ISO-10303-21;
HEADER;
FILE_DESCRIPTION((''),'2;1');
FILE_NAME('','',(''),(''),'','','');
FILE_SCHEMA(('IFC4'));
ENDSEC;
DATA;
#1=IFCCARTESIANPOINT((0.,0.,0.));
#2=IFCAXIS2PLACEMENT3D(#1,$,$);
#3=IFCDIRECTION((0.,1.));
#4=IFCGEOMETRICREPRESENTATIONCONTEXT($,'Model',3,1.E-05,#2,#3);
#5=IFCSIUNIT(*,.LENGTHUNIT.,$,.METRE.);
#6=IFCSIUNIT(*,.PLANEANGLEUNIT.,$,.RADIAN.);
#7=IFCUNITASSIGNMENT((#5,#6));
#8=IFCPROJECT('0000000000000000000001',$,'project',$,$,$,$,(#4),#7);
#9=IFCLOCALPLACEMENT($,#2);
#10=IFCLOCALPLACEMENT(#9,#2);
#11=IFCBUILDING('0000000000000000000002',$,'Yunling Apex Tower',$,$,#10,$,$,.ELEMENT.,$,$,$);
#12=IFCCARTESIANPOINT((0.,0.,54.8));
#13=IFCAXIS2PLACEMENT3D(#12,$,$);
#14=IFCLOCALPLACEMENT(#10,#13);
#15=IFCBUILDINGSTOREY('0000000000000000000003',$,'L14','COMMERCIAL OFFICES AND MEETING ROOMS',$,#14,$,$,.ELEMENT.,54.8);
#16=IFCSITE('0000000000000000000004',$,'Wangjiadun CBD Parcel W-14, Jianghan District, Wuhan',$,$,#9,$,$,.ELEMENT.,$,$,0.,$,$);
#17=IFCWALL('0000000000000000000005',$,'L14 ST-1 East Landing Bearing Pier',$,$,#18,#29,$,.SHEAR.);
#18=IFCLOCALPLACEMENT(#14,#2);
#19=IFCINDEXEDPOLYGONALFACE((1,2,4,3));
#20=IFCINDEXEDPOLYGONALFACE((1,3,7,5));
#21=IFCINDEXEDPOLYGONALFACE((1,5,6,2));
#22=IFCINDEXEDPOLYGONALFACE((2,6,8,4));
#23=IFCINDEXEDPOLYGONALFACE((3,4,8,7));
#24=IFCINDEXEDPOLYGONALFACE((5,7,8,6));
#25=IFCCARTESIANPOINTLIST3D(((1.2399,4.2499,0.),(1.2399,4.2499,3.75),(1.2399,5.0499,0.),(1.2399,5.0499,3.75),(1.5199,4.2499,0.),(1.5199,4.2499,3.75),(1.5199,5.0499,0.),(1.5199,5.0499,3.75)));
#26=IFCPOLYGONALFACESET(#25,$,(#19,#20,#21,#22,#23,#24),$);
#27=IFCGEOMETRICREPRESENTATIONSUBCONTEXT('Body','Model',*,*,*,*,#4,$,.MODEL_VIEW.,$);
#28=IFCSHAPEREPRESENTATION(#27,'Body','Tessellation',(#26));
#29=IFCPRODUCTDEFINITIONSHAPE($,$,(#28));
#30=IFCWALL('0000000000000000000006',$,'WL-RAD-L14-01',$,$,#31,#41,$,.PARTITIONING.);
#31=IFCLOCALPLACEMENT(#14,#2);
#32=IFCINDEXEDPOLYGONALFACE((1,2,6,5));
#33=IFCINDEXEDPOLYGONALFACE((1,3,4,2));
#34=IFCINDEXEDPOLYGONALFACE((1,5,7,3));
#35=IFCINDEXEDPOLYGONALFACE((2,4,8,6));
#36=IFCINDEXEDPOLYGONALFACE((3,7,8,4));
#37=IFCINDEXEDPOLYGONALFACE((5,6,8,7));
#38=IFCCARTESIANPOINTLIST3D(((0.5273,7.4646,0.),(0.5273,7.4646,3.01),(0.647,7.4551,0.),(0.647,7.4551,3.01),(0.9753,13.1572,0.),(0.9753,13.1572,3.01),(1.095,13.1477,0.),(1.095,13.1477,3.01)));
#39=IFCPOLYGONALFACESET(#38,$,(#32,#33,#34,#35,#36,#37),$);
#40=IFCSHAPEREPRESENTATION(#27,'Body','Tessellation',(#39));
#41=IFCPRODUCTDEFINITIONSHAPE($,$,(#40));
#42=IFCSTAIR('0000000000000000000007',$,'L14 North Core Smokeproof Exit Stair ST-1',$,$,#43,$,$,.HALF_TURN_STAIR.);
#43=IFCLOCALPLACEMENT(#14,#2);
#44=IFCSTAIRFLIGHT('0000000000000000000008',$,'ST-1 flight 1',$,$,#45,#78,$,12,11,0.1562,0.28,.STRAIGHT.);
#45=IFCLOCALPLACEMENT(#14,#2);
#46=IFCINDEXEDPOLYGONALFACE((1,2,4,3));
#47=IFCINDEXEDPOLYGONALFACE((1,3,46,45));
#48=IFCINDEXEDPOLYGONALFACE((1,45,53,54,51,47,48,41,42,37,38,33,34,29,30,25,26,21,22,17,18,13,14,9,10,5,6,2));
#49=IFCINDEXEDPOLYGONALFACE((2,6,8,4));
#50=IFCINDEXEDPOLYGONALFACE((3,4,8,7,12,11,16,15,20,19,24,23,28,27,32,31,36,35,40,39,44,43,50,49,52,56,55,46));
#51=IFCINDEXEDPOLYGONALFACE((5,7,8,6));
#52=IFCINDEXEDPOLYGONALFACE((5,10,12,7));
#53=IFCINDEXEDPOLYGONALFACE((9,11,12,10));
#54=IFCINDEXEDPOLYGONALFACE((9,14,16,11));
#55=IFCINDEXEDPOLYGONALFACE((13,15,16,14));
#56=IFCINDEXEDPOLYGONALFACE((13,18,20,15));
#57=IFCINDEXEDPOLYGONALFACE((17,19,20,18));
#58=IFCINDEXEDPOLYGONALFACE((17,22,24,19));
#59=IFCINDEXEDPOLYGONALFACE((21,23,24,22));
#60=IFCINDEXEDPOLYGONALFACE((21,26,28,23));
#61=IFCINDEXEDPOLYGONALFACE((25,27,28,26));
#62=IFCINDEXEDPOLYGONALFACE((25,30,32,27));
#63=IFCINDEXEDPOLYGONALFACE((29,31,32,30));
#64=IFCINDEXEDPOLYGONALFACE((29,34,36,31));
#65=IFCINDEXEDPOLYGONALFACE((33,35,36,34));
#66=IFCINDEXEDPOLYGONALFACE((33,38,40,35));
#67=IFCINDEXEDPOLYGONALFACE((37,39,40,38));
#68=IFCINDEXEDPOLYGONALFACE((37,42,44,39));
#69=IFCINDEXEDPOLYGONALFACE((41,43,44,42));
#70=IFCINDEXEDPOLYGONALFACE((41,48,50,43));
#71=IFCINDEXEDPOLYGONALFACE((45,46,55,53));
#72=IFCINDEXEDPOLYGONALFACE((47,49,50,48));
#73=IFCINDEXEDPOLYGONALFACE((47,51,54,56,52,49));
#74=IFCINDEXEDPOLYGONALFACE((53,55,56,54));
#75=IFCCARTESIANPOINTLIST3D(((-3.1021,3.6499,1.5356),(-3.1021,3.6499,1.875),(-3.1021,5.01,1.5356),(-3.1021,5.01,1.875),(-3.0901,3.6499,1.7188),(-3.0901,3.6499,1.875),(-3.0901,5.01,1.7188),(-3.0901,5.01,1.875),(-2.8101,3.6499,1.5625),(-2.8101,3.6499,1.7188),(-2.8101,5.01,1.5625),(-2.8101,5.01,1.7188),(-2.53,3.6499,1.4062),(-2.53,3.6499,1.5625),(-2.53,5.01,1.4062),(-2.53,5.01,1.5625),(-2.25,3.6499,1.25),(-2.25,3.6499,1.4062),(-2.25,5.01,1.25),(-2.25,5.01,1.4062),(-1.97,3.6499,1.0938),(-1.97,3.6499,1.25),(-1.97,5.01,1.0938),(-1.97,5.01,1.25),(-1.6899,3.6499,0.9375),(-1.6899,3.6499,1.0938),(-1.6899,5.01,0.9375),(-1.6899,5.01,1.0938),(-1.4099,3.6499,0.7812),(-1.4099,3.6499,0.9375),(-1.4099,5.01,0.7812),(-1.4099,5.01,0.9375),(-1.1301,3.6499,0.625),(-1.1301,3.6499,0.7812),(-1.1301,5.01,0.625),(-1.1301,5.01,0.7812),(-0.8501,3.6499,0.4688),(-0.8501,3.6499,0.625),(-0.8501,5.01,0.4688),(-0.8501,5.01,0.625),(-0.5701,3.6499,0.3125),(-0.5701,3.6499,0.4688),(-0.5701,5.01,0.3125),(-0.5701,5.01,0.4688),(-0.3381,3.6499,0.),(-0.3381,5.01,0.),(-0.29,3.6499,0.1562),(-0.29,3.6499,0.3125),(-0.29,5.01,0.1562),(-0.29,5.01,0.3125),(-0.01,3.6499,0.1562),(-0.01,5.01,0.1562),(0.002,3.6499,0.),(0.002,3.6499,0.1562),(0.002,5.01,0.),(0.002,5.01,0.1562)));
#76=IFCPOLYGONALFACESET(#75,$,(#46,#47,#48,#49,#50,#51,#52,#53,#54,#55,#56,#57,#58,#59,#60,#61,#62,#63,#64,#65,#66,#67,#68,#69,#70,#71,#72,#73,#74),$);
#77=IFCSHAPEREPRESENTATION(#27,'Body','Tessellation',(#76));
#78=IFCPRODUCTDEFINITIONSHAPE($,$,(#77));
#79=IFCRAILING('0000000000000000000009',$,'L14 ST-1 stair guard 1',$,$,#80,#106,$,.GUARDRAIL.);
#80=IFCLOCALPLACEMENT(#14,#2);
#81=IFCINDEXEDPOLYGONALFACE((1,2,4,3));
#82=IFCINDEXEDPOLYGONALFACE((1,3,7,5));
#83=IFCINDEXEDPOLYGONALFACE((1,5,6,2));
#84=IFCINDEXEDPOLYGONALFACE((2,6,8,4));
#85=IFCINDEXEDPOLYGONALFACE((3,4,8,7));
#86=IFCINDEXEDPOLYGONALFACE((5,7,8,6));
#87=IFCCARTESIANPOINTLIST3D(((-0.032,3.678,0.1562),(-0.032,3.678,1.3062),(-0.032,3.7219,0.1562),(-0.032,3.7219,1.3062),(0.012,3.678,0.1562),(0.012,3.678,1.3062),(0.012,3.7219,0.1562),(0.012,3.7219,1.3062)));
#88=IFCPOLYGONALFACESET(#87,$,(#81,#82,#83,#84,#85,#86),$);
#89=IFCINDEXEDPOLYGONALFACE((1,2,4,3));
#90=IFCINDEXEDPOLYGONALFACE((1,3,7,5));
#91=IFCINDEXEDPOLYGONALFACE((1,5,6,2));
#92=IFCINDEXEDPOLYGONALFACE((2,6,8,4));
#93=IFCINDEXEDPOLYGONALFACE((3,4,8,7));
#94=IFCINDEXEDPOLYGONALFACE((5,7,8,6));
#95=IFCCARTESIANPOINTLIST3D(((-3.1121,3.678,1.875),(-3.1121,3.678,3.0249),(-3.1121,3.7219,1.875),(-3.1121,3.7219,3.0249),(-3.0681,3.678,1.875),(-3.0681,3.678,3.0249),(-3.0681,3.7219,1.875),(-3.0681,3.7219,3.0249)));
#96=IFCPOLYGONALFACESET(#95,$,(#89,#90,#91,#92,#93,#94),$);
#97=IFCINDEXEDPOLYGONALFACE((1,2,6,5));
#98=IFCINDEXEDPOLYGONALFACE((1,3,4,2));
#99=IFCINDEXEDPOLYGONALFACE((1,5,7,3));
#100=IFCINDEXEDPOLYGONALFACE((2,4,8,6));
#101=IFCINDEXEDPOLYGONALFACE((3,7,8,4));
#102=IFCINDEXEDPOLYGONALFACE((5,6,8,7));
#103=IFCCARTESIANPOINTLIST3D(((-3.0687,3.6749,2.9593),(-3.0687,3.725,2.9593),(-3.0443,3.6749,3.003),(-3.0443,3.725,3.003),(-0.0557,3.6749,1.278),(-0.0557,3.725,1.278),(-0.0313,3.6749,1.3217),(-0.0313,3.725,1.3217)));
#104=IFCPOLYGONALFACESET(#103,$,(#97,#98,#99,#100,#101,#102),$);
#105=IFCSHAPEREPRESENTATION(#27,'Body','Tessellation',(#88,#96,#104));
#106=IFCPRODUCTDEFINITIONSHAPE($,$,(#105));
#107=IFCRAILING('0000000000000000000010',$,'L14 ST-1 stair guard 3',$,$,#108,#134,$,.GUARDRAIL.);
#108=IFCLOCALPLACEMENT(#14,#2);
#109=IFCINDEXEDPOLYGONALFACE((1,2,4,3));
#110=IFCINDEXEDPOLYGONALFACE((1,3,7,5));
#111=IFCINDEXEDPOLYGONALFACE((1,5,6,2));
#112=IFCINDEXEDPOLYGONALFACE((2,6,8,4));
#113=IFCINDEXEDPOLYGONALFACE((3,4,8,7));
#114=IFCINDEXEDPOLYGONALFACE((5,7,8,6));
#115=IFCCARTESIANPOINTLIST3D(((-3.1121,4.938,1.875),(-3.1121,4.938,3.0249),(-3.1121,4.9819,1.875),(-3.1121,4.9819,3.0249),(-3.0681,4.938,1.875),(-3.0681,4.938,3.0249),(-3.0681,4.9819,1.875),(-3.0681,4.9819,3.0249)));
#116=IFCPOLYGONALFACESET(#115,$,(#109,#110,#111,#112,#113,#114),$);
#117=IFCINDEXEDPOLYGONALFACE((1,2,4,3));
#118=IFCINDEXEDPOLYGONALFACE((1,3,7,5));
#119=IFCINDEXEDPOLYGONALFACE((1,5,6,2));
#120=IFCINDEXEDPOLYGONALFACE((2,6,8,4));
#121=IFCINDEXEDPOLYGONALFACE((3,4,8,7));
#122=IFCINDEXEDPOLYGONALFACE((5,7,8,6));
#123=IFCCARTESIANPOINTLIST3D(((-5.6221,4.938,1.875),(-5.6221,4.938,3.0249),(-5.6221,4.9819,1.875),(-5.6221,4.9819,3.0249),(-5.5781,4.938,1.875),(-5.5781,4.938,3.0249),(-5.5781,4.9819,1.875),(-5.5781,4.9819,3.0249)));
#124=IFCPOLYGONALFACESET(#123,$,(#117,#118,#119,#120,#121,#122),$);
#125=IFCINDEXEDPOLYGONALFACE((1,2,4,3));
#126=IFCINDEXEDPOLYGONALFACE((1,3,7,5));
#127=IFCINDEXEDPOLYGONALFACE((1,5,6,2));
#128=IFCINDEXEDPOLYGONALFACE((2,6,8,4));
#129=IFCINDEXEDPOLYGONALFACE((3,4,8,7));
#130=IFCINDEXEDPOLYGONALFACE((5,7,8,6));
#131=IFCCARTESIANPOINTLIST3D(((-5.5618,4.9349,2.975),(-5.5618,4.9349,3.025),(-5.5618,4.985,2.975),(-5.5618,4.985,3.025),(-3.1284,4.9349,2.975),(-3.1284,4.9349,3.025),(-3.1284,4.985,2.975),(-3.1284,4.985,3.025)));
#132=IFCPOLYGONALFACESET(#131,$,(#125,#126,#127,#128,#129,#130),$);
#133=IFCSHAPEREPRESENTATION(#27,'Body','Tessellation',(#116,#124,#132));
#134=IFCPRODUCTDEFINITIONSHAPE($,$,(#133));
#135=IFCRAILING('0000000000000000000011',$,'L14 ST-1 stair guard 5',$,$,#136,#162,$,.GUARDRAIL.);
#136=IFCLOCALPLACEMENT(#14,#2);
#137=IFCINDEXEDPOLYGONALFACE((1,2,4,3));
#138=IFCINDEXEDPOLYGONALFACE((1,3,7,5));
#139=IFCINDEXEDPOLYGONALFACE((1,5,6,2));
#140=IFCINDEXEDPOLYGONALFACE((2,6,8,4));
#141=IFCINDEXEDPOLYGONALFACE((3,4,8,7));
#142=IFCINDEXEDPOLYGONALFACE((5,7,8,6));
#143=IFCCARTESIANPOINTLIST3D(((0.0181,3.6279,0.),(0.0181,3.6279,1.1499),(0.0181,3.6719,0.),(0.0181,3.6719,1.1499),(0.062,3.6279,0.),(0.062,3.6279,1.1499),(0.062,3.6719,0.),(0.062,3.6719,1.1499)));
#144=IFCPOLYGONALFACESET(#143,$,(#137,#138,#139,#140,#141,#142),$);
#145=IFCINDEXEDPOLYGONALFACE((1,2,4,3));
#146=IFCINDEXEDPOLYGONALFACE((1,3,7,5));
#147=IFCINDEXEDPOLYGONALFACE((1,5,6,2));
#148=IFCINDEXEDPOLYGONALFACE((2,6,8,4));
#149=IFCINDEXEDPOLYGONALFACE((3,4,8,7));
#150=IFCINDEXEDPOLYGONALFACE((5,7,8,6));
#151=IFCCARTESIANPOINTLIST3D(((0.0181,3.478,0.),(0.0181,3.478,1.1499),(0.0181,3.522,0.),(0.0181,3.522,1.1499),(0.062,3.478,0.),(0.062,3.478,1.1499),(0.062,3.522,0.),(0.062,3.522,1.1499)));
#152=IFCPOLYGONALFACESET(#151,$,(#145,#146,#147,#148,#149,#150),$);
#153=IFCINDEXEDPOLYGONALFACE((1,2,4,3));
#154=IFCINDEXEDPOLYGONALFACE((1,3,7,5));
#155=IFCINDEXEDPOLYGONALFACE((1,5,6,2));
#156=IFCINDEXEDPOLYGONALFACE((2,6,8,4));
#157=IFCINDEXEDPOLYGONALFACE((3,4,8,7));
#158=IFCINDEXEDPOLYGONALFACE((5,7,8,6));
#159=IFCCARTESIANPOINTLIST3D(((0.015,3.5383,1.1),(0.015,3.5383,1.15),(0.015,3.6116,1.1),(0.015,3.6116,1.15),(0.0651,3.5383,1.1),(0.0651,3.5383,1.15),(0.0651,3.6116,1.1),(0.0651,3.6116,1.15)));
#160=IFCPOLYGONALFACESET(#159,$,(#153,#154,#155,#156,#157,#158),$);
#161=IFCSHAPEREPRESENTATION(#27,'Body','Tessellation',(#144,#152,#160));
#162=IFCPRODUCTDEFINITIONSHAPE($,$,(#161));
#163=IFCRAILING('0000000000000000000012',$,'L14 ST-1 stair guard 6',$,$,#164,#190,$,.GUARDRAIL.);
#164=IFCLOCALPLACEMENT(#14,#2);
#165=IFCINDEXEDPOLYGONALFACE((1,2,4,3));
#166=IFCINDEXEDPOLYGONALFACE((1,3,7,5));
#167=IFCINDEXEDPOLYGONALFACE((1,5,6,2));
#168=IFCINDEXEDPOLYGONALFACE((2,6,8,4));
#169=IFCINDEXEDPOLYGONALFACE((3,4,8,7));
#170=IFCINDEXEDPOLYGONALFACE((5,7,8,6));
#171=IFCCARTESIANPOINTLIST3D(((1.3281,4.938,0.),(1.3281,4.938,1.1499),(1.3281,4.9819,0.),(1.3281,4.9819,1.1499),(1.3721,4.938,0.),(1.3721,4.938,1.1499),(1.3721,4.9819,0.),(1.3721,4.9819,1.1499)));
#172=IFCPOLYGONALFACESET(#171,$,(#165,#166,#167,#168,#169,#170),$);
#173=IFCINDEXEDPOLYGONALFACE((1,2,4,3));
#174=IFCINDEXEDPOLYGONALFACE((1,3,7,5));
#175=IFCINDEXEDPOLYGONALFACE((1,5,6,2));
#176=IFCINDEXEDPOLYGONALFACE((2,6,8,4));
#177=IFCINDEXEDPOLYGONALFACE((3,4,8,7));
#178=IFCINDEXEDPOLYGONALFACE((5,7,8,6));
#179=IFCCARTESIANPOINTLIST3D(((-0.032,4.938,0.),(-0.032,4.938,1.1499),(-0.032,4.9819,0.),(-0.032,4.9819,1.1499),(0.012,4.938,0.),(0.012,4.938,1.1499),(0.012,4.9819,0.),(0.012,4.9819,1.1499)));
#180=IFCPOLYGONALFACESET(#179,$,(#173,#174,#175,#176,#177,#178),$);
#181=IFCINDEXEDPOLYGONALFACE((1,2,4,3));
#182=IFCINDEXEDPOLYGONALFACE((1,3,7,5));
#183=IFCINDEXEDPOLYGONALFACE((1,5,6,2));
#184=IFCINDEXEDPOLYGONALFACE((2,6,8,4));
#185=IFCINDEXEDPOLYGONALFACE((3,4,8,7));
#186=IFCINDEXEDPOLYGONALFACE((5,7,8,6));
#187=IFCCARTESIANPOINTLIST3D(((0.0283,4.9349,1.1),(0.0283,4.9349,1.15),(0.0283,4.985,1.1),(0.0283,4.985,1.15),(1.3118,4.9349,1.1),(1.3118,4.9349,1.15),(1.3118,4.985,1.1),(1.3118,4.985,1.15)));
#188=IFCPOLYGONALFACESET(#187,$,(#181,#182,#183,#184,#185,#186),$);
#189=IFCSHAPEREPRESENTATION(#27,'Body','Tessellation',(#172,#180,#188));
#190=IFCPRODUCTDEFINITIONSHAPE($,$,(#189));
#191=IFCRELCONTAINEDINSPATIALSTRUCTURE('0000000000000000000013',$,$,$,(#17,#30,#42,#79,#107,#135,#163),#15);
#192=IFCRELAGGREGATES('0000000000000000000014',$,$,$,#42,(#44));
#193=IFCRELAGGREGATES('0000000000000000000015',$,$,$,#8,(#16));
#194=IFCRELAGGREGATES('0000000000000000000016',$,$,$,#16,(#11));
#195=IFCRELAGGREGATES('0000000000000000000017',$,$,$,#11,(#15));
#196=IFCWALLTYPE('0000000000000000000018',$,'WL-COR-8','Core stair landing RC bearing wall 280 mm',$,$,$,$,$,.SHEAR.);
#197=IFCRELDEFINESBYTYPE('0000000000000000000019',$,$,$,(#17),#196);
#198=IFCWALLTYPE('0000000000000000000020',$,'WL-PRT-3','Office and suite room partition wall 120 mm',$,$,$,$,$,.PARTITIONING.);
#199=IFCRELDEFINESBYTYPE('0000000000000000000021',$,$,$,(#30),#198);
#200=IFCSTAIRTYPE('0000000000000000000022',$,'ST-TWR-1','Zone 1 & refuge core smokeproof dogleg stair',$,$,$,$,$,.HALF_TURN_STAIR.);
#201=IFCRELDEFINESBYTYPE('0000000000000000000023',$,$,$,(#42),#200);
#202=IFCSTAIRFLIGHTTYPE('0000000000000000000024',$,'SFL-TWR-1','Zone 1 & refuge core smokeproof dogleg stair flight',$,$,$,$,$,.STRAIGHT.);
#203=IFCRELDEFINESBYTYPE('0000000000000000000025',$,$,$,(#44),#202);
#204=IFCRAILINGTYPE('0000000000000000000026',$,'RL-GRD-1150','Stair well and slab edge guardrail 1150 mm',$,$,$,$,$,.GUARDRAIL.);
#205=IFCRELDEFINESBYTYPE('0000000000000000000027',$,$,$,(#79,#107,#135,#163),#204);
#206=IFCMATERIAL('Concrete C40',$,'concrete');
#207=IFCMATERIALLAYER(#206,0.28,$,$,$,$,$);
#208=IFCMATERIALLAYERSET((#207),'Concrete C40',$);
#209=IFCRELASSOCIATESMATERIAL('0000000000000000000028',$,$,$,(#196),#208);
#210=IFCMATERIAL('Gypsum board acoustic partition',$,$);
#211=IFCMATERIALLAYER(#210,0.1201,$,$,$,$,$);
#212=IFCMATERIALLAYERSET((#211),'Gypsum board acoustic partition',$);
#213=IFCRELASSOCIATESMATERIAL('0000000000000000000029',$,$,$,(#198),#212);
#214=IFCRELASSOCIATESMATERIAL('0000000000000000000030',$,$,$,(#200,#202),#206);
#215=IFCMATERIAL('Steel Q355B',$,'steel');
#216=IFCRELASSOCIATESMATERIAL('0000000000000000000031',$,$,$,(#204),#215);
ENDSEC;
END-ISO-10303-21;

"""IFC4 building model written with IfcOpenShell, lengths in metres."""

from ifc_helpers import new_model, si_unit, direction, frame, frame_2d, origin, origin_2d, place, context, subcontext, project, spatial, polyline, rectangle, outline, extrude, material, layer, layer_set, type_object, element, aggregate, save


model = new_model("IFC4")

# Units and contexts
model_context = context("Model", 3, precision=1e-05, world=origin(), true_north=direction((0.0, 1.0)))
body_context = subcontext(model_context, "Body", "Model", "MODEL_VIEW")
ifc_project = project(units=[si_unit("LENGTHUNIT", "METRE"), si_unit("PLANEANGLEUNIT", "RADIAN")], contexts=[model_context])

# Site, building, storey
site_placement = place(None, origin())
site = spatial("IfcSite", under=ifc_project, at=site_placement, Name="Wangjiadun CBD Parcel W-14, Jianghan District, Wuhan", CompositionType="ELEMENT", RefElevation=0.0)
building_placement = place(site_placement, origin())
building = spatial("IfcBuilding", under=site, at=building_placement, Name="Yunling Apex Tower", CompositionType="ELEMENT")
storey_placement = place(building_placement, frame((0.0, 0.0, 54.8)))
storey = spatial("IfcBuildingStorey", under=building, at=storey_placement, Name="L14", Description="COMMERCIAL OFFICES AND MEETING ROOMS", CompositionType="ELEMENT", Elevation=54.8)

# Shared definitions
ifc_material_1 = material(Name="Steel Q355B", Category="steel")

# Walls
ifc_material_2 = material(Name="Concrete C40", Category="concrete")
ifc_layer_1 = layer(ifc_material_2, 0.28)
ifc_layer_set_1 = layer_set([ifc_layer_1], Name="Concrete C40")
wall_type_1 = type_object("IfcWallType", Name="WL-COR-8", Description="Core stair landing RC bearing wall 280 mm", PredefinedType="SHEAR", material=ifc_layer_set_1)
wall_1_placement = place(storey_placement, frame((1.3799, 4.25, 0.0), z_axis=(0.0, 0.0, 1.0), x_axis=(0.0, 1.0, 0.0)))
element("IfcWall", 1, at=wall_1_placement, inside=storey, type_object=wall_type_1, Name="L14 ST-1 East Landing Bearing Pier", PredefinedType="SHEAR", context=body_context, shape_type="SweptSolid", body=[
    extrude(rectangle(XDim=0.8, YDim=0.28, at=frame_2d((0.3999, 0.0))), origin(), (0.0, 0.0, 1.0), 3.75),
])
ifc_material_3 = material(Name="Gypsum board acoustic partition")
ifc_layer_2 = layer(ifc_material_3, 0.1201)
ifc_layer_set_2 = layer_set([ifc_layer_2], Name="Gypsum board acoustic partition")
wall_type_2 = type_object("IfcWallType", Name="WL-PRT-3", Description="Office and suite room partition wall 120 mm", PredefinedType="PARTITIONING", material=ifc_layer_set_2)
wall_2_placement = place(storey_placement, frame((0.5872, 7.46, 0.0), z_axis=(0.0, 0.0, 1.0), x_axis=(0.078455, 0.996918, 0.0)))
element("IfcWall", 2, at=wall_2_placement, inside=storey, type_object=wall_type_2, Name="WL-RAD-L14-01", PredefinedType="PARTITIONING", context=body_context, shape_type="SweptSolid", body=[
    extrude(rectangle(XDim=5.7102, YDim=0.1201, at=frame_2d((2.855, 0.0))), origin(), (0.0, 0.0, 1.0), 3.01),
])

# Stair, stair flight
stair_type = type_object("IfcStairType", Name="ST-TWR-1", Description="Zone 1 & refuge core smokeproof dogleg stair", PredefinedType="HALF_TURN_STAIR", material=ifc_material_2)
stair_placement = place(storey_placement, origin())
stair = element("IfcStair", 3, at=stair_placement, inside=storey, type_object=stair_type, Name="L14 North Core Smokeproof Exit Stair ST-1", PredefinedType="HALF_TURN_STAIR")
stair_flight_type = type_object("IfcStairFlightType", Name="SFL-TWR-1", Description="Zone 1 & refuge core smokeproof dogleg stair flight", PredefinedType="STRAIGHT", material=ifc_material_2)
stair_flight_placement = place(storey_placement, frame((-0.01, 4.3301, 0.0), z_axis=(0.0, 0.0, 1.0), x_axis=(-1.0, 0.0, 0.0)))
stair_flight = element("IfcStairFlight", 4, at=stair_flight_placement, type_object=stair_flight_type, Name="ST-1 flight 1", NumberOfRisers=12, NumberOfTreads=11, PredefinedType="STRAIGHT", RiserHeight=0.1562, TreadLength=0.28, context=body_context, shape_type="SweptSolid", body=[
    extrude(outline(polyline([(-0.012, 0.0), (-0.012, 0.1562), (0.0, 0.1562), (0.28, 0.1562), (0.28, 0.3125), (0.5601, 0.3125), (0.5601, 0.4688), (0.8401, 0.4688), (0.8401, 0.625), (1.1201, 0.625), (1.1201, 0.7812), (1.3999, 0.7812), (1.3999, 0.9375), (1.6799, 0.9375), (1.6799, 1.0938), (1.96, 1.0938), (1.96, 1.25), (2.24, 1.25), (2.24, 1.4062), (2.52, 1.4062), (2.52, 1.5625), (2.8, 1.5625), (2.8, 1.7188), (3.0801, 1.7188), (3.0801, 1.875), (3.092, 1.875), (3.092, 1.5356), (0.3281, 0.0), (-0.012, 0.0)])), frame((0.0, 0.6802, 0.0), z_axis=(0.0, -1.0, 0.0), x_axis=(1.0, 0.0, 0.0)), (0.0, 0.0, 1.0), 1.3601),
])
aggregate(stair, [stair_flight])

# Railings
railing_type_1 = type_object("IfcRailingType", Name="RL-GRD-1150", Description="Stair well and slab edge guardrail 1150 mm", PredefinedType="GUARDRAIL", material=ifc_material_1)
railing_1_placement = place(storey_placement, frame((-0.01, 3.7, 0.1562)))
element("IfcRailing", 5, at=railing_1_placement, inside=storey, type_object=railing_type_1, Name="L14 ST-1 stair guard 1", PredefinedType="GUARDRAIL", context=body_context, shape_type="SweptSolid", body=[
    extrude(rectangle(XDim=0.0439, YDim=0.0439, at=origin_2d()), origin(), (0.0, 0.0, 1.0), 1.1499),
    extrude(rectangle(XDim=0.0439, YDim=0.0439, at=origin_2d()), frame((-3.0801, 0.0, 1.7188)), (0.0, 0.0, 1.0), 1.1499),
    extrude(rectangle(XDim=0.05, YDim=0.05, at=origin_2d()), frame((-0.0334, 0.0, 1.1436), z_axis=(-0.873242, 0.0, 0.487288), x_axis=(0.0, -1.0, 0.0)), (0.0, 0.0, 1.0), 3.4504),
])
railing_2_placement = place(storey_placement, frame((-3.0901, 4.96, 1.875)))
element("IfcRailing", 6, at=railing_2_placement, inside=storey, type_object=railing_type_1, Name="L14 ST-1 stair guard 3", PredefinedType="GUARDRAIL", context=body_context, shape_type="SweptSolid", body=[
    extrude(rectangle(XDim=0.0439, YDim=0.0439, at=origin_2d()), origin(), (0.0, 0.0, 1.0), 1.1499),
    extrude(rectangle(XDim=0.0439, YDim=0.0439, at=origin_2d()), frame((-2.51, 0.0, 0.0)), (0.0, 0.0, 1.0), 1.1499),
    extrude(rectangle(XDim=0.05, YDim=0.05, at=origin_2d()), frame((-0.0383, 0.0, 1.125), z_axis=(-1.0, 0.0, 0.0), x_axis=(0.0, -1.0, 0.0)), (0.0, 0.0, 1.0), 2.4333),
])
railing_3_placement = place(storey_placement, frame((0.04, 3.6499, 0.0)))
element("IfcRailing", 7, at=railing_3_placement, inside=storey, type_object=railing_type_1, Name="L14 ST-1 stair guard 5", PredefinedType="GUARDRAIL", context=body_context, shape_type="SweptSolid", body=[
    extrude(rectangle(XDim=0.0439, YDim=0.0439, at=origin_2d()), origin(), (0.0, 0.0, 1.0), 1.1499),
    extrude(rectangle(XDim=0.0439, YDim=0.0439, at=origin_2d()), frame((0.0, -0.1499, 0.0)), (0.0, 0.0, 1.0), 1.1499),
    extrude(rectangle(XDim=0.05, YDim=0.05, at=origin_2d()), frame((0.0, -0.0383, 1.125), z_axis=(0.0, -1.0, 0.0), x_axis=(1.0, 0.0, 0.0)), (0.0, 0.0, 1.0), 0.0732),
])
railing_4_placement = place(storey_placement, frame((1.3501, 4.96, 0.0)))
element("IfcRailing", 8, at=railing_4_placement, inside=storey, type_object=railing_type_1, Name="L14 ST-1 stair guard 6", PredefinedType="GUARDRAIL", context=body_context, shape_type="SweptSolid", body=[
    extrude(rectangle(XDim=0.0439, YDim=0.0439, at=origin_2d()), origin(), (0.0, 0.0, 1.0), 1.1499),
    extrude(rectangle(XDim=0.0439, YDim=0.0439, at=origin_2d()), frame((-1.3601, 0.0, 0.0)), (0.0, 0.0, 1.0), 1.1499),
    extrude(rectangle(XDim=0.05, YDim=0.05, at=origin_2d()), frame((-0.0383, 0.0, 1.125), z_axis=(-1.0, 0.0, 0.0), x_axis=(0.0, -1.0, 0.0)), (0.0, 0.0, 1.0), 1.2834),
])

save(model, "model.ifc")
